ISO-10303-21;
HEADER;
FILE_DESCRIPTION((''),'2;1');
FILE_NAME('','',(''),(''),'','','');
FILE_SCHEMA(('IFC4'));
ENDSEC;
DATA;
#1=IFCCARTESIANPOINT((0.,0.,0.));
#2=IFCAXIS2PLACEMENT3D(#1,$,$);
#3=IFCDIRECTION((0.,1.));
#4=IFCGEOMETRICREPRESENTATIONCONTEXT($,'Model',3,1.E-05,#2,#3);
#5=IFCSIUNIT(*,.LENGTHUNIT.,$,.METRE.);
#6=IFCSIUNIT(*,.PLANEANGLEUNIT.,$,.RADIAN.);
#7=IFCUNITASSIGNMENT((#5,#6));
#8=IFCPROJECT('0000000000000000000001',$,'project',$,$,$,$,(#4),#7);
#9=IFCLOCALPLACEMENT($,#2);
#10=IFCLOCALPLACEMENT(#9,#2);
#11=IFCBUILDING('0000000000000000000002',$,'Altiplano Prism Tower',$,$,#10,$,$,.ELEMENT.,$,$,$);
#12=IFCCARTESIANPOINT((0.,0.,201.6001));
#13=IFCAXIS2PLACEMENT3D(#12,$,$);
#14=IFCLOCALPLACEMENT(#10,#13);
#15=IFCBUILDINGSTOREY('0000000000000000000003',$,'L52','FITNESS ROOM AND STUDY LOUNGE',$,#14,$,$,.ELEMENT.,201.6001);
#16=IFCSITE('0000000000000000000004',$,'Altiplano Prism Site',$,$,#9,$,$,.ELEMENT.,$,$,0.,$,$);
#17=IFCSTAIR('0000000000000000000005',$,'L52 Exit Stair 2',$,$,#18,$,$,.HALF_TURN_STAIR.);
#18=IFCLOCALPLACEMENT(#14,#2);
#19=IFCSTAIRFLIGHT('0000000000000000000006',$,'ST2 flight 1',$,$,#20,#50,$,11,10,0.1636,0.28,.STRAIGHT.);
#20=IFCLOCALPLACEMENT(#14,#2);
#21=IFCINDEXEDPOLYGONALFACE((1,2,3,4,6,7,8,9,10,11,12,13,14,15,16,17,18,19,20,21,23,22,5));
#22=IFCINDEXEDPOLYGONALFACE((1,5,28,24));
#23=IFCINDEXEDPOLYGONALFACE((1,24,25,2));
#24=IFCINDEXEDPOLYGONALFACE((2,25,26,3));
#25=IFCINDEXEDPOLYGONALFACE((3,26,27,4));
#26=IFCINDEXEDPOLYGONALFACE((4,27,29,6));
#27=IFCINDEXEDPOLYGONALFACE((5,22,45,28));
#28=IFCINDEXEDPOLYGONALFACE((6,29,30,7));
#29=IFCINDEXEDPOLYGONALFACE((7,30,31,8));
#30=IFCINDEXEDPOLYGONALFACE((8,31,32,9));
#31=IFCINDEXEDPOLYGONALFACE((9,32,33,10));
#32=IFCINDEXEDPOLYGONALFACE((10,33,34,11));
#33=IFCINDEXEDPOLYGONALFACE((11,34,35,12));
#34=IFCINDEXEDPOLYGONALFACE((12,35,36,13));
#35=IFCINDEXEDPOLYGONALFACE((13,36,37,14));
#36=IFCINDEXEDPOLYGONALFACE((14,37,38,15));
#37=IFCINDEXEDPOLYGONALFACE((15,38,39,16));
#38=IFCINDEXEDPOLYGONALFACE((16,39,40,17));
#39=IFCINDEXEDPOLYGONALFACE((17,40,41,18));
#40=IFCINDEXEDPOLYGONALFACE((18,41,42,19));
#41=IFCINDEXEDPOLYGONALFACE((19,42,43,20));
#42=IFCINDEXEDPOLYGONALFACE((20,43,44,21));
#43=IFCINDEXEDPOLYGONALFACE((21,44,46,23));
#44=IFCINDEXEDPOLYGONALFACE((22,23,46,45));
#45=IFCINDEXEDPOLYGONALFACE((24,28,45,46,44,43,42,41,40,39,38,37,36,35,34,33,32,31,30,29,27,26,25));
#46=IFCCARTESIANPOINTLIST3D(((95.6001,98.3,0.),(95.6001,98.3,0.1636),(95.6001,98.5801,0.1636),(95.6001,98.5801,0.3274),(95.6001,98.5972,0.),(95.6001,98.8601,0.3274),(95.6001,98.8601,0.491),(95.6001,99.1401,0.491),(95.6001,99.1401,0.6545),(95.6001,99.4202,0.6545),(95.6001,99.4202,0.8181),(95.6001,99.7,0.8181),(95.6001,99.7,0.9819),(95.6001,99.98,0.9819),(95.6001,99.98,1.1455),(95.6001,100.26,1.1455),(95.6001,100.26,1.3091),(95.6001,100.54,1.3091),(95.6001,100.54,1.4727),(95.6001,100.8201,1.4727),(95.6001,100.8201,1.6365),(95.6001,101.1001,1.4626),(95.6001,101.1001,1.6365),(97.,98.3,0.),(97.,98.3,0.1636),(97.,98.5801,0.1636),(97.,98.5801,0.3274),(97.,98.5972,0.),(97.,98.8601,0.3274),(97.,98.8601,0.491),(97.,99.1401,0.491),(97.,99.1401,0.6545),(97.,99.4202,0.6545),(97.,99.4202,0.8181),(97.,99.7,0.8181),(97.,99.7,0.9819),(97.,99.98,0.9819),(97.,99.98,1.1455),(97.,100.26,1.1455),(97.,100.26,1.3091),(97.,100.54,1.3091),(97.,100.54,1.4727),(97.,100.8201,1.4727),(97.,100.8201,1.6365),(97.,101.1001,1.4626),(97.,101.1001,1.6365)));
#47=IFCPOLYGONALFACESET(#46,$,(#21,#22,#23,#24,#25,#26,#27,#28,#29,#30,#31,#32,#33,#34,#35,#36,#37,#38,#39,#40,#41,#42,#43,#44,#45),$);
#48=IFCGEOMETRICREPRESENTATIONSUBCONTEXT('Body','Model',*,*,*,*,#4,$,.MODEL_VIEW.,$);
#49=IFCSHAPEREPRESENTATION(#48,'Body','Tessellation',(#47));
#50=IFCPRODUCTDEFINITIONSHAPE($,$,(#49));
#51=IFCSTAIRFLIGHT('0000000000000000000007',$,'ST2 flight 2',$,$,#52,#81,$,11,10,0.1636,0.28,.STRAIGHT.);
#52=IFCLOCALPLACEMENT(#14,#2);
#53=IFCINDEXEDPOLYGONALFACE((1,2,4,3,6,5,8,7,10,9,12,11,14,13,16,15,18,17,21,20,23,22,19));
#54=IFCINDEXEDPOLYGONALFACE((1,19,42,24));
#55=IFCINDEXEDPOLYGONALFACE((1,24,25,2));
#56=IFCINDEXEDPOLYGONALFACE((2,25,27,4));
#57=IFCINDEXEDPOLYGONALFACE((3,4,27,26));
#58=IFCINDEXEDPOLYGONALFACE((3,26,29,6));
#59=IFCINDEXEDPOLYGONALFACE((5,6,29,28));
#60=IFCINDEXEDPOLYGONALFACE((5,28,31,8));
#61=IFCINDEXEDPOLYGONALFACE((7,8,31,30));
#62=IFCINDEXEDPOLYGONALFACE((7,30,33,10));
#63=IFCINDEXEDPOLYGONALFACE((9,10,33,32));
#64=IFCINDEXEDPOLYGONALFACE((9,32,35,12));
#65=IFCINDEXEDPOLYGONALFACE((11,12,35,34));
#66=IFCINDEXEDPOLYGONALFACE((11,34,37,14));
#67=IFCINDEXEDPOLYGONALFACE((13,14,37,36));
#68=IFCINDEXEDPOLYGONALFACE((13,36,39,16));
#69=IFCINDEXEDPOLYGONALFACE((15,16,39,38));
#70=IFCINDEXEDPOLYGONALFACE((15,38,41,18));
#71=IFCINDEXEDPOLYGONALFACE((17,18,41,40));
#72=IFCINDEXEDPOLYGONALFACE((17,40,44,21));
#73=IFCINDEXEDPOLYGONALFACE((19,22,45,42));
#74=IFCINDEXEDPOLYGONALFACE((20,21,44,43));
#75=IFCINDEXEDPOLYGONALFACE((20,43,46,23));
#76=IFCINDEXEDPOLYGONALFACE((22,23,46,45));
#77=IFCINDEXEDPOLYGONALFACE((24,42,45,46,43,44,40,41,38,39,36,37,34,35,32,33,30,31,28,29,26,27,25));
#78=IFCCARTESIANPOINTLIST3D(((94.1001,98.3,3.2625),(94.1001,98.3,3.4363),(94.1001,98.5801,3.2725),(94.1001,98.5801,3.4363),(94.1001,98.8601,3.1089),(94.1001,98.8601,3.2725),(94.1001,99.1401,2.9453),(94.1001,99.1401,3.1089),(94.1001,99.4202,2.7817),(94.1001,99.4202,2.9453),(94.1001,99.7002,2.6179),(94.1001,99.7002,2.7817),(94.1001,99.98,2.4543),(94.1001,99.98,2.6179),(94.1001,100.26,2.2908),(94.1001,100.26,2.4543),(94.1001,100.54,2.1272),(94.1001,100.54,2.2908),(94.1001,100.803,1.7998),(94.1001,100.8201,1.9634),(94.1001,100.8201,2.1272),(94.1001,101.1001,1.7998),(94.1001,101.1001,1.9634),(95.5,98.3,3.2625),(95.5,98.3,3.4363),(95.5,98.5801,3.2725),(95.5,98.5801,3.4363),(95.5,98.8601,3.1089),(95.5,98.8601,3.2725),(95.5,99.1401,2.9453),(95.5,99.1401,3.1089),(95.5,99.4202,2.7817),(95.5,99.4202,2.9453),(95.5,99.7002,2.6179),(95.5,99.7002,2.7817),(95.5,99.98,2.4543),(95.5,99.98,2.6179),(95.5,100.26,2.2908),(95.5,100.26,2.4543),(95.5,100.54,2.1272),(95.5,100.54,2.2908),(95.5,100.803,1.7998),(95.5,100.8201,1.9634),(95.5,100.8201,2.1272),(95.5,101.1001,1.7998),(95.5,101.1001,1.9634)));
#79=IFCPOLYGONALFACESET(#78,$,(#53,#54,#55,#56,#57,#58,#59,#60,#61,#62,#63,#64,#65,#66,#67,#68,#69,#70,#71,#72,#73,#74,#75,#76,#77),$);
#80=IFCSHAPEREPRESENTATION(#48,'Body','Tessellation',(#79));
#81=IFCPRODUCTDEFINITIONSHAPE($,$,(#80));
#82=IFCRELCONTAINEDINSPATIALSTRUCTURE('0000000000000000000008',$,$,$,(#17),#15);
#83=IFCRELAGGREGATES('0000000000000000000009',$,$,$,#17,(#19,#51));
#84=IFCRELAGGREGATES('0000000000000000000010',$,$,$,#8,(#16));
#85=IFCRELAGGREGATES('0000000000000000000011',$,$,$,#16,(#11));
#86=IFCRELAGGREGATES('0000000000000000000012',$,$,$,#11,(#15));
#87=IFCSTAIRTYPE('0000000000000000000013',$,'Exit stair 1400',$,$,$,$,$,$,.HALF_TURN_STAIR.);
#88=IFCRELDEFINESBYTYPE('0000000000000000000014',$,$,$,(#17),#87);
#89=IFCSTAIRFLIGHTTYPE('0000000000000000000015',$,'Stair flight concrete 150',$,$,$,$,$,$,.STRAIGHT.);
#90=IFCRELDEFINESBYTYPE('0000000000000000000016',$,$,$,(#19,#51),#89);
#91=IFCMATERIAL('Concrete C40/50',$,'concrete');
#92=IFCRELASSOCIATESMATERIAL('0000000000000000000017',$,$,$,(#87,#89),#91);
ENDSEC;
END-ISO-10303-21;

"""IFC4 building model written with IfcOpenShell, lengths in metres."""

from ifc_helpers import new_model, si_unit, direction, frame, origin, place, context, subcontext, project, spatial, polyline, outline, extrude, material, type_object, element, aggregate, save


model = new_model("IFC4")

# Units and contexts
model_context = context("Model", 3, precision=1e-05, world=origin(), true_north=direction((0.0, 1.0)))
body_context = subcontext(model_context, "Body", "Model", "MODEL_VIEW")
ifc_project = project(units=[si_unit("LENGTHUNIT", "METRE"), si_unit("PLANEANGLEUNIT", "RADIAN")], contexts=[model_context])

# Site, building, storey
site_placement = place(None, origin())
site = spatial("IfcSite", under=ifc_project, at=site_placement, Name="Altiplano Prism Site", CompositionType="ELEMENT", RefElevation=0.0)
building_placement = place(site_placement, origin())
building = spatial("IfcBuilding", under=site, at=building_placement, Name="Altiplano Prism Tower", CompositionType="ELEMENT")
storey_placement = place(building_placement, frame((0.0, 0.0, 201.6001)))
storey = spatial("IfcBuildingStorey", under=building, at=storey_placement, Name="L52", Description="FITNESS ROOM AND STUDY LOUNGE", CompositionType="ELEMENT", Elevation=201.6001)

# Stair, stair flights
ifc_material_1 = material(Name="Concrete C40/50", Category="concrete")
stair_type = type_object("IfcStairType", Name="Exit stair 1400", PredefinedType="HALF_TURN_STAIR", material=ifc_material_1)
stair_placement = place(storey_placement, origin())
stair = element("IfcStair", 1, at=stair_placement, inside=storey, type_object=stair_type, Name="L52 Exit Stair 2", PredefinedType="HALF_TURN_STAIR")
stair_flight_type = type_object("IfcStairFlightType", Name="Stair flight concrete 150", PredefinedType="STRAIGHT", material=ifc_material_1)
stair_flight_1_placement = place(storey_placement, frame((96.3, 98.3, 0.0), z_axis=(0.0, 0.0, 1.0), x_axis=(0.0, 1.0, 0.0)))
stair_flight_1 = element("IfcStairFlight", 2, at=stair_flight_1_placement, type_object=stair_flight_type, Name="ST2 flight 1", NumberOfRisers=11, NumberOfTreads=10, PredefinedType="STRAIGHT", RiserHeight=0.1636, TreadLength=0.28, context=body_context, shape_type="SweptSolid", body=[
    extrude(outline(polyline([(0.0, 0.0), (0.0, 0.1636), (0.28, 0.1636), (0.28, 0.3274), (0.5601, 0.3274), (0.5601, 0.491), (0.8401, 0.491), (0.8401, 0.6545), (1.1201, 0.6545), (1.1201, 0.8181), (1.3999, 0.8181), (1.3999, 0.9819), (1.6799, 0.9819), (1.6799, 1.1455), (1.96, 1.1455), (1.96, 1.3091), (2.24, 1.3091), (2.24, 1.4727), (2.52, 1.4727), (2.52, 1.6365), (2.8, 1.6365), (2.8, 1.8), (2.8, 1.4626), (0.2971, 0.0), (0.0, 0.0)])), frame((0.0, 0.7, 0.0), z_axis=(0.0, -1.0, 0.0), x_axis=(1.0, 0.0, 0.0)), (0.0, 0.0, 1.0), 1.3999),
])
stair_flight_2_placement = place(storey_placement, frame((94.8, 101.1001, 1.7998), z_axis=(0.0, 0.0, 1.0), x_axis=(0.0, -1.0, 0.0)))
stair_flight_2 = element("IfcStairFlight", 3, at=stair_flight_2_placement, type_object=stair_flight_type, Name="ST2 flight 2", NumberOfRisers=11, NumberOfTreads=10, PredefinedType="STRAIGHT", RiserHeight=0.1636, TreadLength=0.28, context=body_context, shape_type="SweptSolid", body=[
    extrude(outline(polyline([(0.0, 0.0), (0.0, 0.1636), (0.28, 0.1636), (0.28, 0.3274), (0.5601, 0.3274), (0.5601, 0.491), (0.8401, 0.491), (0.8401, 0.6545), (1.1201, 0.6545), (1.1201, 0.8181), (1.3999, 0.8181), (1.3999, 0.9819), (1.6799, 0.9819), (1.6799, 1.1455), (1.96, 1.1455), (1.96, 1.3091), (2.24, 1.3091), (2.24, 1.4727), (2.52, 1.4727), (2.52, 1.6365), (2.8, 1.6365), (2.8, 1.8), (2.8, 1.4626), (0.2971, 0.0), (0.0, 0.0)])), frame((0.0, 0.7, 0.0), z_axis=(0.0, -1.0, 0.0), x_axis=(1.0, 0.0, 0.0)), (0.0, 0.0, 1.0), 1.3999),
])
aggregate(stair, [stair_flight_1, stair_flight_2])

save(model, "model.ifc")
